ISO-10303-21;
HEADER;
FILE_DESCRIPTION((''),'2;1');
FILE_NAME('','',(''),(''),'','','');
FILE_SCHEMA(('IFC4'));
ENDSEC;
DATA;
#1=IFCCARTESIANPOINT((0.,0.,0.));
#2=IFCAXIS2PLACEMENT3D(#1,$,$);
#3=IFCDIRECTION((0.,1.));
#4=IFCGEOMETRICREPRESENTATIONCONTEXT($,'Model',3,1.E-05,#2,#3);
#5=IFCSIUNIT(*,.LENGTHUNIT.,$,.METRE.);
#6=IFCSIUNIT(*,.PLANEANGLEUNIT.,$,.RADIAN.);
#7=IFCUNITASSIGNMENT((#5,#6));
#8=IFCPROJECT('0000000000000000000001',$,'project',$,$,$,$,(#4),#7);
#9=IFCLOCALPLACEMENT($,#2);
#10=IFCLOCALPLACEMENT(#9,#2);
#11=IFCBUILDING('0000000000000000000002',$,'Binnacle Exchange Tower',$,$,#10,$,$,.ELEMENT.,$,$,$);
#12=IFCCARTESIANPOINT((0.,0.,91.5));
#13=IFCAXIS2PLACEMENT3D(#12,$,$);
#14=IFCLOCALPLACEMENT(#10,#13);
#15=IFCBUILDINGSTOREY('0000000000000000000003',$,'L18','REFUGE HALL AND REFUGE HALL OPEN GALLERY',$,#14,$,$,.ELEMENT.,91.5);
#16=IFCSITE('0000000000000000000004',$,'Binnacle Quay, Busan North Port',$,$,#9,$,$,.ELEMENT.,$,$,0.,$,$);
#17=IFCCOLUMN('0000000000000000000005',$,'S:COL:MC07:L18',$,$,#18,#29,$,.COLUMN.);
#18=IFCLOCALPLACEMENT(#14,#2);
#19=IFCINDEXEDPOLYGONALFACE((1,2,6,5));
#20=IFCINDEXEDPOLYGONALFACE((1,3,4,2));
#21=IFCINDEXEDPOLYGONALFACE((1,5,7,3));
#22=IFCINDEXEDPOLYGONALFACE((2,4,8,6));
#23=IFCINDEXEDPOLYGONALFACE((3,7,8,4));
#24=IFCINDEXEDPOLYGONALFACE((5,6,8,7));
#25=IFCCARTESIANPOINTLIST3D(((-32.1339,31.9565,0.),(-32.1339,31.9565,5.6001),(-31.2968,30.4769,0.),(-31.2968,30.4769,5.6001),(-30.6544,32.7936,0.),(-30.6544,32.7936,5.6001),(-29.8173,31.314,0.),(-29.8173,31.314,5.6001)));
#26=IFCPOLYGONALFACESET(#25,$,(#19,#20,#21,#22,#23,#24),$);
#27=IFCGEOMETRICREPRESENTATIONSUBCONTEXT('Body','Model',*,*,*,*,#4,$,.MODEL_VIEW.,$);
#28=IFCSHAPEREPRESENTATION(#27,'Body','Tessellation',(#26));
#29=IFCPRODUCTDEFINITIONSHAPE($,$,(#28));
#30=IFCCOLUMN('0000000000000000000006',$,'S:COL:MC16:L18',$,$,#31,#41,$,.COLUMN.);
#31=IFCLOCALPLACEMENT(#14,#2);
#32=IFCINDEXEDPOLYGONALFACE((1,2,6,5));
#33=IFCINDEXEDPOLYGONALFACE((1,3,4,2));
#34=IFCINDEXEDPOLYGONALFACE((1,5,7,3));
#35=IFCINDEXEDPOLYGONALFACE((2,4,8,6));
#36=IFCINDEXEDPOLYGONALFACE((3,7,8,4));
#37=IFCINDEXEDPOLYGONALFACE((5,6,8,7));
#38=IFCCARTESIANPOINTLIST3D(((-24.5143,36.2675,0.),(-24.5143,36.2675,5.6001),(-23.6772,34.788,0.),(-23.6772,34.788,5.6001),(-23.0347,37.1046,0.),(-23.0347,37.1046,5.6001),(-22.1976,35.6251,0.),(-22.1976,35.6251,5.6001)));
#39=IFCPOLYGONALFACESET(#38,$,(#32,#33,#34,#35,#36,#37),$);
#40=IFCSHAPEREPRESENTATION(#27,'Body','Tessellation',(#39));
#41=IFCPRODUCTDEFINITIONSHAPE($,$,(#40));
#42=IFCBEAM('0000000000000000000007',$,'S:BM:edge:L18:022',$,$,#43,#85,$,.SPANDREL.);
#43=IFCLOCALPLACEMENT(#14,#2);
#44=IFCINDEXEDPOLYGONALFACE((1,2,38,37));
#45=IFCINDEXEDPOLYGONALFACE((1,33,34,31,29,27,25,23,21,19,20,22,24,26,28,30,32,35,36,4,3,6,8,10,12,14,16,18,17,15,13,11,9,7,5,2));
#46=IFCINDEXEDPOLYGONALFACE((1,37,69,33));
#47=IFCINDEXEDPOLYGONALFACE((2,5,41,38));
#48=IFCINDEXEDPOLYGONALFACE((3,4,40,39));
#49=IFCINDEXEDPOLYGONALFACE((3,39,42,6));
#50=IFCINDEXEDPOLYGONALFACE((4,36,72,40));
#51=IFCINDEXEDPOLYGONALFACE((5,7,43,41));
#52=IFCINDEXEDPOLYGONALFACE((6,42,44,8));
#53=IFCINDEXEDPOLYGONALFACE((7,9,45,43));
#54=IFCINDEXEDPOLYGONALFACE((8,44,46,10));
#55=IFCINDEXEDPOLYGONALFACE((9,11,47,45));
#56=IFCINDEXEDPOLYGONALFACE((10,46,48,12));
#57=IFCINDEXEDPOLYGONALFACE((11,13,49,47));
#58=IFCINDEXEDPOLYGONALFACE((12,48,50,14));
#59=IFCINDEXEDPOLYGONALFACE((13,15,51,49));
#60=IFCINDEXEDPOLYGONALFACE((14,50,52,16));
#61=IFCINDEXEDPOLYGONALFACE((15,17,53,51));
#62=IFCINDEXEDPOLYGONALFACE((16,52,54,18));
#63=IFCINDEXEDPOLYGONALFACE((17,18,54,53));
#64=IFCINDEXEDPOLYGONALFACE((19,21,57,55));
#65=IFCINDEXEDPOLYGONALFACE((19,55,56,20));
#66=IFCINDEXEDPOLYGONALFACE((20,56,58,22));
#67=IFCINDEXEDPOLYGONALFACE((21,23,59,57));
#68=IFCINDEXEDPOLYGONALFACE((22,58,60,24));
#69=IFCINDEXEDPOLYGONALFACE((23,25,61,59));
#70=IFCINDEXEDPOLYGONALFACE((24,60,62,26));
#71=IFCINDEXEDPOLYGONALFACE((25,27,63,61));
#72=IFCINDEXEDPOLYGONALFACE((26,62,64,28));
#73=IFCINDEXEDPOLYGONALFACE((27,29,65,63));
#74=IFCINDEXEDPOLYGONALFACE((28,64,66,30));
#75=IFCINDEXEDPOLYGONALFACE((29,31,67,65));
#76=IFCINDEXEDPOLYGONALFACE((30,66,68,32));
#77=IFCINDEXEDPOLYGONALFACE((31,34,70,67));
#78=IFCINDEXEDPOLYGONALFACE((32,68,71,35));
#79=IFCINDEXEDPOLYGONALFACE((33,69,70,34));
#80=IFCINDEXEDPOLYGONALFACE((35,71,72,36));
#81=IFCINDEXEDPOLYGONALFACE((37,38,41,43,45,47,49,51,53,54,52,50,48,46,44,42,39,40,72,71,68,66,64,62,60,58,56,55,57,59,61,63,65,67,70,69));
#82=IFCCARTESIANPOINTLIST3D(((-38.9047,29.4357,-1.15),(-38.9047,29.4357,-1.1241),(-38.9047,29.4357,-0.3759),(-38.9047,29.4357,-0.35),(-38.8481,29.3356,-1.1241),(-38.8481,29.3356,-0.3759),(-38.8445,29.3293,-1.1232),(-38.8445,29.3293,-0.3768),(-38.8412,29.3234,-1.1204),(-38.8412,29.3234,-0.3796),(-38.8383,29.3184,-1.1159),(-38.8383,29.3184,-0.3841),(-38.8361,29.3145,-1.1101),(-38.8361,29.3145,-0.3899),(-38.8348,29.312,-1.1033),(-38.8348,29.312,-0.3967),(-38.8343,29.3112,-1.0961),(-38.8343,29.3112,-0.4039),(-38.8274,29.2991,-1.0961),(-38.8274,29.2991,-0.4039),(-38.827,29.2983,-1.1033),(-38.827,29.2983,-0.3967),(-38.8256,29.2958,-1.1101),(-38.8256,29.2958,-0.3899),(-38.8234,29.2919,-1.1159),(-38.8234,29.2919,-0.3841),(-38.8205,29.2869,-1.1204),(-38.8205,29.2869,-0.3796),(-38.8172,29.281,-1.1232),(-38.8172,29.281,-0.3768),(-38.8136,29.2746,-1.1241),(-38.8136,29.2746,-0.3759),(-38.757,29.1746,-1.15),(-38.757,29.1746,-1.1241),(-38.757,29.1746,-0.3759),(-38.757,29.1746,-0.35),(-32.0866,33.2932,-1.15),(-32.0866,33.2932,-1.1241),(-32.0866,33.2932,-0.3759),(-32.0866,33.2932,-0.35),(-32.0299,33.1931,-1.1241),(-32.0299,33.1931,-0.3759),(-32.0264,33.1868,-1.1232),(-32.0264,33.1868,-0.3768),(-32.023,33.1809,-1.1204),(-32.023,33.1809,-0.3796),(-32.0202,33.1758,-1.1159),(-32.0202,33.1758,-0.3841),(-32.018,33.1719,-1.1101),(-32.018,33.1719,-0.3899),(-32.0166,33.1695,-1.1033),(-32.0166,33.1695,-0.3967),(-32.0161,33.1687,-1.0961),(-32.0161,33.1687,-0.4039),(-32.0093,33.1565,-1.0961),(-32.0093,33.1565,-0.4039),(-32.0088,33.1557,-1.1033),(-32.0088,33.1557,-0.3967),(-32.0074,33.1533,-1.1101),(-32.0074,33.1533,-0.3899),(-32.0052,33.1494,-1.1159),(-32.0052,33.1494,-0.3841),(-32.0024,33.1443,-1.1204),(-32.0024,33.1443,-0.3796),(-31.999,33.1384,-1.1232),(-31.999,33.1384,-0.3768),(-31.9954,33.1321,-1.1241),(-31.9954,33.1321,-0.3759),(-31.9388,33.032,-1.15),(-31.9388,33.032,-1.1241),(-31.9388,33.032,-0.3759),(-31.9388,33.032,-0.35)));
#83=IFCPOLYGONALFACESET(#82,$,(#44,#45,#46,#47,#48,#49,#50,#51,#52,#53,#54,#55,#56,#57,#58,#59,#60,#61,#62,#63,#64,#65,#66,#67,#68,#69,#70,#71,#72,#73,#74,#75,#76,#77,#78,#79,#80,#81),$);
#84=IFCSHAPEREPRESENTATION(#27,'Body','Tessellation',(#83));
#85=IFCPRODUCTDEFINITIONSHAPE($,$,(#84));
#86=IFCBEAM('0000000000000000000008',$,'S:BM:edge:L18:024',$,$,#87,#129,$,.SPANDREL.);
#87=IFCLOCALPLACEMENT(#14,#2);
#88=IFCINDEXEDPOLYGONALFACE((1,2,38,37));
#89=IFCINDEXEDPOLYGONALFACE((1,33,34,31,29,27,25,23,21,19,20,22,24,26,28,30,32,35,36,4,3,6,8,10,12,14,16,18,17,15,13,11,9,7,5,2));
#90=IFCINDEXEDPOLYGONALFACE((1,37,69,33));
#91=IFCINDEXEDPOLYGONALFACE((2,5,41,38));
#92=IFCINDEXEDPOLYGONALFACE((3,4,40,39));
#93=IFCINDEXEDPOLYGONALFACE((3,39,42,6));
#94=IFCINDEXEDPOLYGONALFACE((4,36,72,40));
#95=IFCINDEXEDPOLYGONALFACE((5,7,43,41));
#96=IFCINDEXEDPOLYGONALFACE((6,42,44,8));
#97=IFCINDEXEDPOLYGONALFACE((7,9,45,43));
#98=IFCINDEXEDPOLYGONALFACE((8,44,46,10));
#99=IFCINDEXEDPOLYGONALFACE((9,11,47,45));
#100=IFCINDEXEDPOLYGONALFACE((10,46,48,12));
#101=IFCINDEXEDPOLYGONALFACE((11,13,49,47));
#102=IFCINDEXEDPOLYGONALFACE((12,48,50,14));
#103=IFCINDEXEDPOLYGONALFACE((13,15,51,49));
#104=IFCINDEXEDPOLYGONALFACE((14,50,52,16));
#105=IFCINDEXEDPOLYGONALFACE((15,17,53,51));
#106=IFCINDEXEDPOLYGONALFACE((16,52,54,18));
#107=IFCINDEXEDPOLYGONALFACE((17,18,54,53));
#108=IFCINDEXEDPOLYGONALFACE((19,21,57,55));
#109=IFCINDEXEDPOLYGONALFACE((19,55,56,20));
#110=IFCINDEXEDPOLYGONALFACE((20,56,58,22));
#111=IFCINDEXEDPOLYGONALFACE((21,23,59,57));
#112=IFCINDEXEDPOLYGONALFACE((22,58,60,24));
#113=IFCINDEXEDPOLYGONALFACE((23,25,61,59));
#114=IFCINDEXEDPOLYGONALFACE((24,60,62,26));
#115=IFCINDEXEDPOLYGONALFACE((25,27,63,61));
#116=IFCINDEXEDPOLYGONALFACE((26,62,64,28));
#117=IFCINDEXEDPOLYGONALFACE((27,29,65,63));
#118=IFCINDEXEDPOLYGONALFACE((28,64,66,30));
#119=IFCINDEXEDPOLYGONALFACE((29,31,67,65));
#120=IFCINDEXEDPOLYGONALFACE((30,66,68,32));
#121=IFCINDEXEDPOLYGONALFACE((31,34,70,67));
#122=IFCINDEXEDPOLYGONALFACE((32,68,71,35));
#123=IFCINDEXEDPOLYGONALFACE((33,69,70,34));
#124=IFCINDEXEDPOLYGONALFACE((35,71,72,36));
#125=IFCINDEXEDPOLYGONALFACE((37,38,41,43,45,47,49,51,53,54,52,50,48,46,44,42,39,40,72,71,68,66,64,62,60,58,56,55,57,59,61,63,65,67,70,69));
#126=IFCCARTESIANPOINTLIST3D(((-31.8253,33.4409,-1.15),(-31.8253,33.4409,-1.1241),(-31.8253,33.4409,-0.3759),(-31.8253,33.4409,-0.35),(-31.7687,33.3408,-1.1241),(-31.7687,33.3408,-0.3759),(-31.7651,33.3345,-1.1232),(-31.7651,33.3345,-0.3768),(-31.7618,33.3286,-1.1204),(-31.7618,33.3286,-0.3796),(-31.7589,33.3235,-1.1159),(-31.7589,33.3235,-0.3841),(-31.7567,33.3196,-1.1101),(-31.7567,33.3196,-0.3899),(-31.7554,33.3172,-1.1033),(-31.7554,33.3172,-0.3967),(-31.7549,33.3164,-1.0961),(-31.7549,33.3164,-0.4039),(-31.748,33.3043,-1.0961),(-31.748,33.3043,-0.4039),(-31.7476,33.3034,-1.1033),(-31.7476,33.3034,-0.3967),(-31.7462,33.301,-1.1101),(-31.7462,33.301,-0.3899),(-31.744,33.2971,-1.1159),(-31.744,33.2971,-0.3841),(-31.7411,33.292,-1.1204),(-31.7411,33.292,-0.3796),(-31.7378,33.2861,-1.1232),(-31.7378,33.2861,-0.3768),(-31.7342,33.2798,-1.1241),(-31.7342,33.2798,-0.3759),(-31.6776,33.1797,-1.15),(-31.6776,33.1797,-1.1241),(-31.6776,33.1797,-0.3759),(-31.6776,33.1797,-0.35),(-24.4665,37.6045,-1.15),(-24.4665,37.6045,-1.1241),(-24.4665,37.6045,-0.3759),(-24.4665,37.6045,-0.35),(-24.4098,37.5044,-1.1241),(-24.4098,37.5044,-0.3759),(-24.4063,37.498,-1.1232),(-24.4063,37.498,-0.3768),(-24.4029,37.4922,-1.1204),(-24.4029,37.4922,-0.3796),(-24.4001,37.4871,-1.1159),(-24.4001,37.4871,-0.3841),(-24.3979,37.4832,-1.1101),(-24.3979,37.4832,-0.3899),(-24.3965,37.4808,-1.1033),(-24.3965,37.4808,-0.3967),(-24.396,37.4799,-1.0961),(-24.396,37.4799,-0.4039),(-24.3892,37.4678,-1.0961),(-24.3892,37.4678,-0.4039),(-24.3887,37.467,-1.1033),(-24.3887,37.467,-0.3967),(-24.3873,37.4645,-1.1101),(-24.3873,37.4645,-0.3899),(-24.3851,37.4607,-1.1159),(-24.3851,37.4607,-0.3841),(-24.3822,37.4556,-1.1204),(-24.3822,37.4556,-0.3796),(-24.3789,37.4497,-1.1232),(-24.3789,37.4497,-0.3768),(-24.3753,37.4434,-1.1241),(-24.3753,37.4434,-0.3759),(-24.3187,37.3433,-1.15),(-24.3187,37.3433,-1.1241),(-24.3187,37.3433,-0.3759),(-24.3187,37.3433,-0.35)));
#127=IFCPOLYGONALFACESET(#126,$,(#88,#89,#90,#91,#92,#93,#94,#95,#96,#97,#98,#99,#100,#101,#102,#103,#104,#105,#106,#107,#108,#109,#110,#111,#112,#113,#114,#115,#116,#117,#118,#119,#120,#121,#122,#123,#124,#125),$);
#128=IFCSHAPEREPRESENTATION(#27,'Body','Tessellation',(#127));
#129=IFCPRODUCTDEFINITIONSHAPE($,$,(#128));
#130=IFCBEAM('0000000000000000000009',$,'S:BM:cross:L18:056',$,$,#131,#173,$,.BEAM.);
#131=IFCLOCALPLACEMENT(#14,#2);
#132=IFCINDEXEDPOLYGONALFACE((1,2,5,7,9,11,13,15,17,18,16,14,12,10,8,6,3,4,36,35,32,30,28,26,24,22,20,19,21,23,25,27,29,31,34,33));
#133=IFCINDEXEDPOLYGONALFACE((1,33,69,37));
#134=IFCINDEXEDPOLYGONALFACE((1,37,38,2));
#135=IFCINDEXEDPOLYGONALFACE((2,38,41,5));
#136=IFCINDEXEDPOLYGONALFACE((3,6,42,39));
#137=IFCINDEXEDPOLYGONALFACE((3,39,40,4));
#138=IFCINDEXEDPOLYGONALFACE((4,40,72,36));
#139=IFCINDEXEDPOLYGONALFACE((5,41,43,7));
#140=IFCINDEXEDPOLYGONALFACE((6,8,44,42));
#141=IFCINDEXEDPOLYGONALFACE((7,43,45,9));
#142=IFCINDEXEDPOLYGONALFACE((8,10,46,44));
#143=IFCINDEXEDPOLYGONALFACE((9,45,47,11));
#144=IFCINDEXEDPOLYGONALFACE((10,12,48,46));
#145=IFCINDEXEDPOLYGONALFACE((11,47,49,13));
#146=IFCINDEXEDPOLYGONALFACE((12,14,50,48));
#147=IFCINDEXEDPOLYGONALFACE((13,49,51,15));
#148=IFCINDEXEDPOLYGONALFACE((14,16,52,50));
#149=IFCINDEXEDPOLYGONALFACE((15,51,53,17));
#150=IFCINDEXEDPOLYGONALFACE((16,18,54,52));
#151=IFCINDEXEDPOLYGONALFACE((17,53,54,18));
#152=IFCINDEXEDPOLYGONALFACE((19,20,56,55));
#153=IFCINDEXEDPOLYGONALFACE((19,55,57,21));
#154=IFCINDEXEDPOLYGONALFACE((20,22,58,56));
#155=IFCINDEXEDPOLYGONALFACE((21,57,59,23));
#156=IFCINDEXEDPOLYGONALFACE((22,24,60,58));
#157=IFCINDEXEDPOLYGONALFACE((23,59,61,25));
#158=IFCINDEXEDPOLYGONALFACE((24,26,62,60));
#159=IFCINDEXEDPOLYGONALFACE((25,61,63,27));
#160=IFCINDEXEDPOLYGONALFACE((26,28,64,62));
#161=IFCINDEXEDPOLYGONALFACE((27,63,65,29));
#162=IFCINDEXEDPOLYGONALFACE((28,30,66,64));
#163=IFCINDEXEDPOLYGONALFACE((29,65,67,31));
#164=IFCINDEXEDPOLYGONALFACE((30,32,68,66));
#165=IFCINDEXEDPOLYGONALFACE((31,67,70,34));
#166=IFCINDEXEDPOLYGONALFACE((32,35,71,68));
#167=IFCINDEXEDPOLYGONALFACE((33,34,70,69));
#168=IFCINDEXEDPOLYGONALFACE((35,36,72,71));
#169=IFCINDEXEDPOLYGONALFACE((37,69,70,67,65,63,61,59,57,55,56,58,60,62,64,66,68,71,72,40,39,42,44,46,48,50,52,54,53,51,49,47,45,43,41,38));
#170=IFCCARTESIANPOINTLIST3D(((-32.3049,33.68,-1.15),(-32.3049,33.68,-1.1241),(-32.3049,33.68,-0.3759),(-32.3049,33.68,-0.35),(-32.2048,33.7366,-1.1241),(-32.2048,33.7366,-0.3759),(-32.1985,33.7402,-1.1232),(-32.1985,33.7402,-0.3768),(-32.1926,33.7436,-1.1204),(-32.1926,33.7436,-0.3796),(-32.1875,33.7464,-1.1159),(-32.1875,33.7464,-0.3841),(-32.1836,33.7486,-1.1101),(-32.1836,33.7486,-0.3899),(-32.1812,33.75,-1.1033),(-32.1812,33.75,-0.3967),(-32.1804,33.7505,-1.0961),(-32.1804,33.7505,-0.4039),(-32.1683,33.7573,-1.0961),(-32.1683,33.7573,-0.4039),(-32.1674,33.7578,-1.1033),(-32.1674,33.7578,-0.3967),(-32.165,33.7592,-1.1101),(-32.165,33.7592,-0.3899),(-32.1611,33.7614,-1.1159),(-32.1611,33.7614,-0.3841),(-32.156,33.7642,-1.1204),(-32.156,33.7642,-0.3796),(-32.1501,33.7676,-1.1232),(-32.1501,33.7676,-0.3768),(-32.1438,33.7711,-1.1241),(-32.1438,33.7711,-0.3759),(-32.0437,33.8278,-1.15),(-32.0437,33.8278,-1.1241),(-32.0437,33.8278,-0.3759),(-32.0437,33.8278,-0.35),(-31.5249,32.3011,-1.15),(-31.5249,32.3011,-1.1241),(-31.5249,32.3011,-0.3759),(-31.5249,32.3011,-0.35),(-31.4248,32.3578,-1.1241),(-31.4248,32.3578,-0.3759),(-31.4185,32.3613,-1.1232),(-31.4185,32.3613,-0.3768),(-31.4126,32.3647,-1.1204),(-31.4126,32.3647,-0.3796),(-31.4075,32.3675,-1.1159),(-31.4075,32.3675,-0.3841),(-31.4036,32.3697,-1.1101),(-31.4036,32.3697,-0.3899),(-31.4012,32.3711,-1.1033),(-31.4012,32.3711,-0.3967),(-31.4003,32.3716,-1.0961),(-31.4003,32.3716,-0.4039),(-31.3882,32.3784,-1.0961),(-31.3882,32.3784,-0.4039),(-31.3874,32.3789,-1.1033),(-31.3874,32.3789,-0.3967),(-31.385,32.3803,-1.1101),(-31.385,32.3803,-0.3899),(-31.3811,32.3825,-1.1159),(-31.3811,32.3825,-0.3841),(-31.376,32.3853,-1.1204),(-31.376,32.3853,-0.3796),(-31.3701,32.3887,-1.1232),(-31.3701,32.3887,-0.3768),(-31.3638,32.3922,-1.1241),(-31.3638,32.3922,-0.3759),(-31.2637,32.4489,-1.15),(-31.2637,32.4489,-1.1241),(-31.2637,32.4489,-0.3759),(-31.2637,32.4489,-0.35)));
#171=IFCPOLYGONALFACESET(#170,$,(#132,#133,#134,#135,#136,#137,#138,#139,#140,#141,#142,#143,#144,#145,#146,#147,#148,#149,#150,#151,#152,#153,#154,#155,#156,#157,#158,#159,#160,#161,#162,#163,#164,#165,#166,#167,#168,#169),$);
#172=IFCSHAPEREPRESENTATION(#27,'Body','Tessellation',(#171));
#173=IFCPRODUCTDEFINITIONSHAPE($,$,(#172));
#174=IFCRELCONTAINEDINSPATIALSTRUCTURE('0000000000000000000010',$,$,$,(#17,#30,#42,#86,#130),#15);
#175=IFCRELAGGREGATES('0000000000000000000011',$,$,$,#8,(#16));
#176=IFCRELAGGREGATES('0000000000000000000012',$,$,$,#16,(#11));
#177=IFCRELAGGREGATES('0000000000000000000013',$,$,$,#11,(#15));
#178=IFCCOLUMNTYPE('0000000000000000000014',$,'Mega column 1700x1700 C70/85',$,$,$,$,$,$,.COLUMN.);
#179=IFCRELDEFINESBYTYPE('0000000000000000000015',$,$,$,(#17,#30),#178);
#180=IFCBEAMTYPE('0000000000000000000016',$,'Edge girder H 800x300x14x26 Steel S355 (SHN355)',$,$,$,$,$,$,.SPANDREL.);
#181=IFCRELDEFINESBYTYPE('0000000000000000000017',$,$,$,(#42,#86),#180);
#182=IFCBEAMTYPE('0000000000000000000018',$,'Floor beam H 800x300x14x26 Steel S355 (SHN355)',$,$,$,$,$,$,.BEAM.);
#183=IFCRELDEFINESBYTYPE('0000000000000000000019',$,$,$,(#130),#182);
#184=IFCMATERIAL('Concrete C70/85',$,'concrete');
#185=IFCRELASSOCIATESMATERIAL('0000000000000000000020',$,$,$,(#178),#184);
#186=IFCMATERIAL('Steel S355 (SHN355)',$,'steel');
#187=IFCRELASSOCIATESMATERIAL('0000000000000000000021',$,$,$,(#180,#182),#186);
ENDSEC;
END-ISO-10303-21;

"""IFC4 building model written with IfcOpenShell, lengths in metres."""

from ifc_helpers import new_model, si_unit, direction, frame, origin, origin_2d, place, context, subcontext, project, spatial, rectangle, i_section, extrude, material, material_profile, profile_set, type_object, element, save


model = new_model("IFC4")

# Units and contexts
model_context = context("Model", 3, precision=1e-05, world=origin(), true_north=direction((0.0, 1.0)))
body_context = subcontext(model_context, "Body", "Model", "MODEL_VIEW")
ifc_project = project(units=[si_unit("LENGTHUNIT", "METRE"), si_unit("PLANEANGLEUNIT", "RADIAN")], contexts=[model_context])

# Site, building, storey
site_placement = place(None, origin())
site = spatial("IfcSite", under=ifc_project, at=site_placement, Name="Binnacle Quay, Busan North Port", CompositionType="ELEMENT", RefElevation=0.0)
building_placement = place(site_placement, origin())
building = spatial("IfcBuilding", under=site, at=building_placement, Name="Binnacle Exchange Tower", CompositionType="ELEMENT")
storey_placement = place(building_placement, frame((0.0, 0.0, 91.5)))
storey = spatial("IfcBuildingStorey", under=building, at=storey_placement, Name="L18", Description="REFUGE HALL AND REFUGE HALL OPEN GALLERY", CompositionType="ELEMENT", Elevation=91.5)

# Columns
ifc_material_1 = material(Name="Concrete C70/85", Category="concrete")
ifc_material_profile_1 = material_profile(ifc_material_1, rectangle(XDim=1.7, YDim=1.7, at=origin_2d()), Name="Mega column 1700x1700 C70/85")
ifc_profile_set_1 = profile_set([ifc_material_profile_1], Name="Concrete C70/85")
column_type = type_object("IfcColumnType", Name="Mega column 1700x1700 C70/85", PredefinedType="COLUMN", material=ifc_profile_set_1)
for number, where, z_axis, x_axis, name in (
    (1, (-30.9756, 31.6353, 0.0), (0.0, 0.0, 1.0), (0.870356, 0.492424, 0.0), "S:COL:MC07:L18"),
    (2, (-23.356, 35.9463, 0.0), (0.0, 0.0, 1.0), (0.870356, 0.492424, 0.0), "S:COL:MC16:L18"),
):
    element("IfcColumn", number, at=place(storey_placement, frame(where, z_axis=z_axis, x_axis=x_axis)), inside=storey, type_object=column_type, Name=name, PredefinedType="COLUMN", context=body_context, shape_type="SweptSolid", body=[
        extrude(rectangle(XDim=1.7, YDim=1.7, at=origin_2d()), origin(), (0.0, 0.0, 1.0), 5.6001),
    ])

# Beams
ifc_material_2 = material(Name="Steel S355 (SHN355)", Category="steel")
ifc_material_profile_2 = material_profile(ifc_material_2, i_section(OverallWidth=0.3, OverallDepth=0.8, WebThickness=0.0139, FlangeThickness=0.0259, FilletRadius=0.0281, at=origin_2d()), Name="H 800x300x14x26")
ifc_profile_set_2 = profile_set([ifc_material_profile_2], Name="Steel S355 (SHN355)")
beam_type_1 = type_object("IfcBeamType", Name="Edge girder H 800x300x14x26 Steel S355 (SHN355)", PredefinedType="SPANDREL", material=ifc_profile_set_2)
beam_1_placement = place(storey_placement, frame((-32.0127, 33.1626, -0.75), z_axis=(-0.87036, -0.492416, 0.0), x_axis=(0.492416, -0.87036, 0.0)))
element("IfcBeam", 3, at=beam_1_placement, inside=storey, type_object=beam_type_1, Name="S:BM:edge:L18:022", PredefinedType="SPANDREL", context=body_context, shape_type="SweptSolid", body=[
    extrude(i_section(OverallWidth=0.3, OverallDepth=0.8, WebThickness=0.0139, FlangeThickness=0.0259, FilletRadius=0.0281, at=origin_2d()), origin(), (0.0, 0.0, 1.0), 7.8337),
])
beam_2_placement = place(storey_placement, frame((-24.3926, 37.4739, -0.75), z_axis=(-0.87035, -0.492434, 0.0), x_axis=(0.492434, -0.87035, 0.0)))
element("IfcBeam", 4, at=beam_2_placement, inside=storey, type_object=beam_type_1, Name="S:BM:edge:L18:024", PredefinedType="SPANDREL", context=body_context, shape_type="SweptSolid", body=[
    extrude(i_section(OverallWidth=0.3, OverallDepth=0.8, WebThickness=0.0139, FlangeThickness=0.0259, FilletRadius=0.0281, at=origin_2d()), origin(), (0.0, 0.0, 1.0), 8.4551),
])
ifc_material_profile_3 = material_profile(ifc_material_2, i_section(OverallWidth=0.3, OverallDepth=0.8, WebThickness=0.0139, FlangeThickness=0.0259, FilletRadius=0.0281, at=origin_2d()), Name="H 800x300x14x26")
ifc_profile_set_3 = profile_set([ifc_material_profile_3], Name="Steel S355 (SHN355)")
beam_type_2 = type_object("IfcBeamType", Name="Floor beam H 800x300x14x26 Steel S355 (SHN355)", PredefinedType="BEAM", material=ifc_profile_set_3)
beam_3_placement = place(storey_placement, frame((-31.3943, 32.375, -0.75), z_axis=(-0.492367, 0.870388, 0.0), x_axis=(-0.870388, -0.492367, 0.0)))
element("IfcBeam", 5, at=beam_3_placement, inside=storey, type_object=beam_type_2, Name="S:BM:cross:L18:056", PredefinedType="BEAM", context=body_context, shape_type="SweptSolid", body=[
    extrude(i_section(OverallWidth=0.3, OverallDepth=0.8, WebThickness=0.0139, FlangeThickness=0.0259, FilletRadius=0.0281, at=origin_2d()), origin(), (0.0, 0.0, 1.0), 1.5842),
])

save(model, "model.ifc")
